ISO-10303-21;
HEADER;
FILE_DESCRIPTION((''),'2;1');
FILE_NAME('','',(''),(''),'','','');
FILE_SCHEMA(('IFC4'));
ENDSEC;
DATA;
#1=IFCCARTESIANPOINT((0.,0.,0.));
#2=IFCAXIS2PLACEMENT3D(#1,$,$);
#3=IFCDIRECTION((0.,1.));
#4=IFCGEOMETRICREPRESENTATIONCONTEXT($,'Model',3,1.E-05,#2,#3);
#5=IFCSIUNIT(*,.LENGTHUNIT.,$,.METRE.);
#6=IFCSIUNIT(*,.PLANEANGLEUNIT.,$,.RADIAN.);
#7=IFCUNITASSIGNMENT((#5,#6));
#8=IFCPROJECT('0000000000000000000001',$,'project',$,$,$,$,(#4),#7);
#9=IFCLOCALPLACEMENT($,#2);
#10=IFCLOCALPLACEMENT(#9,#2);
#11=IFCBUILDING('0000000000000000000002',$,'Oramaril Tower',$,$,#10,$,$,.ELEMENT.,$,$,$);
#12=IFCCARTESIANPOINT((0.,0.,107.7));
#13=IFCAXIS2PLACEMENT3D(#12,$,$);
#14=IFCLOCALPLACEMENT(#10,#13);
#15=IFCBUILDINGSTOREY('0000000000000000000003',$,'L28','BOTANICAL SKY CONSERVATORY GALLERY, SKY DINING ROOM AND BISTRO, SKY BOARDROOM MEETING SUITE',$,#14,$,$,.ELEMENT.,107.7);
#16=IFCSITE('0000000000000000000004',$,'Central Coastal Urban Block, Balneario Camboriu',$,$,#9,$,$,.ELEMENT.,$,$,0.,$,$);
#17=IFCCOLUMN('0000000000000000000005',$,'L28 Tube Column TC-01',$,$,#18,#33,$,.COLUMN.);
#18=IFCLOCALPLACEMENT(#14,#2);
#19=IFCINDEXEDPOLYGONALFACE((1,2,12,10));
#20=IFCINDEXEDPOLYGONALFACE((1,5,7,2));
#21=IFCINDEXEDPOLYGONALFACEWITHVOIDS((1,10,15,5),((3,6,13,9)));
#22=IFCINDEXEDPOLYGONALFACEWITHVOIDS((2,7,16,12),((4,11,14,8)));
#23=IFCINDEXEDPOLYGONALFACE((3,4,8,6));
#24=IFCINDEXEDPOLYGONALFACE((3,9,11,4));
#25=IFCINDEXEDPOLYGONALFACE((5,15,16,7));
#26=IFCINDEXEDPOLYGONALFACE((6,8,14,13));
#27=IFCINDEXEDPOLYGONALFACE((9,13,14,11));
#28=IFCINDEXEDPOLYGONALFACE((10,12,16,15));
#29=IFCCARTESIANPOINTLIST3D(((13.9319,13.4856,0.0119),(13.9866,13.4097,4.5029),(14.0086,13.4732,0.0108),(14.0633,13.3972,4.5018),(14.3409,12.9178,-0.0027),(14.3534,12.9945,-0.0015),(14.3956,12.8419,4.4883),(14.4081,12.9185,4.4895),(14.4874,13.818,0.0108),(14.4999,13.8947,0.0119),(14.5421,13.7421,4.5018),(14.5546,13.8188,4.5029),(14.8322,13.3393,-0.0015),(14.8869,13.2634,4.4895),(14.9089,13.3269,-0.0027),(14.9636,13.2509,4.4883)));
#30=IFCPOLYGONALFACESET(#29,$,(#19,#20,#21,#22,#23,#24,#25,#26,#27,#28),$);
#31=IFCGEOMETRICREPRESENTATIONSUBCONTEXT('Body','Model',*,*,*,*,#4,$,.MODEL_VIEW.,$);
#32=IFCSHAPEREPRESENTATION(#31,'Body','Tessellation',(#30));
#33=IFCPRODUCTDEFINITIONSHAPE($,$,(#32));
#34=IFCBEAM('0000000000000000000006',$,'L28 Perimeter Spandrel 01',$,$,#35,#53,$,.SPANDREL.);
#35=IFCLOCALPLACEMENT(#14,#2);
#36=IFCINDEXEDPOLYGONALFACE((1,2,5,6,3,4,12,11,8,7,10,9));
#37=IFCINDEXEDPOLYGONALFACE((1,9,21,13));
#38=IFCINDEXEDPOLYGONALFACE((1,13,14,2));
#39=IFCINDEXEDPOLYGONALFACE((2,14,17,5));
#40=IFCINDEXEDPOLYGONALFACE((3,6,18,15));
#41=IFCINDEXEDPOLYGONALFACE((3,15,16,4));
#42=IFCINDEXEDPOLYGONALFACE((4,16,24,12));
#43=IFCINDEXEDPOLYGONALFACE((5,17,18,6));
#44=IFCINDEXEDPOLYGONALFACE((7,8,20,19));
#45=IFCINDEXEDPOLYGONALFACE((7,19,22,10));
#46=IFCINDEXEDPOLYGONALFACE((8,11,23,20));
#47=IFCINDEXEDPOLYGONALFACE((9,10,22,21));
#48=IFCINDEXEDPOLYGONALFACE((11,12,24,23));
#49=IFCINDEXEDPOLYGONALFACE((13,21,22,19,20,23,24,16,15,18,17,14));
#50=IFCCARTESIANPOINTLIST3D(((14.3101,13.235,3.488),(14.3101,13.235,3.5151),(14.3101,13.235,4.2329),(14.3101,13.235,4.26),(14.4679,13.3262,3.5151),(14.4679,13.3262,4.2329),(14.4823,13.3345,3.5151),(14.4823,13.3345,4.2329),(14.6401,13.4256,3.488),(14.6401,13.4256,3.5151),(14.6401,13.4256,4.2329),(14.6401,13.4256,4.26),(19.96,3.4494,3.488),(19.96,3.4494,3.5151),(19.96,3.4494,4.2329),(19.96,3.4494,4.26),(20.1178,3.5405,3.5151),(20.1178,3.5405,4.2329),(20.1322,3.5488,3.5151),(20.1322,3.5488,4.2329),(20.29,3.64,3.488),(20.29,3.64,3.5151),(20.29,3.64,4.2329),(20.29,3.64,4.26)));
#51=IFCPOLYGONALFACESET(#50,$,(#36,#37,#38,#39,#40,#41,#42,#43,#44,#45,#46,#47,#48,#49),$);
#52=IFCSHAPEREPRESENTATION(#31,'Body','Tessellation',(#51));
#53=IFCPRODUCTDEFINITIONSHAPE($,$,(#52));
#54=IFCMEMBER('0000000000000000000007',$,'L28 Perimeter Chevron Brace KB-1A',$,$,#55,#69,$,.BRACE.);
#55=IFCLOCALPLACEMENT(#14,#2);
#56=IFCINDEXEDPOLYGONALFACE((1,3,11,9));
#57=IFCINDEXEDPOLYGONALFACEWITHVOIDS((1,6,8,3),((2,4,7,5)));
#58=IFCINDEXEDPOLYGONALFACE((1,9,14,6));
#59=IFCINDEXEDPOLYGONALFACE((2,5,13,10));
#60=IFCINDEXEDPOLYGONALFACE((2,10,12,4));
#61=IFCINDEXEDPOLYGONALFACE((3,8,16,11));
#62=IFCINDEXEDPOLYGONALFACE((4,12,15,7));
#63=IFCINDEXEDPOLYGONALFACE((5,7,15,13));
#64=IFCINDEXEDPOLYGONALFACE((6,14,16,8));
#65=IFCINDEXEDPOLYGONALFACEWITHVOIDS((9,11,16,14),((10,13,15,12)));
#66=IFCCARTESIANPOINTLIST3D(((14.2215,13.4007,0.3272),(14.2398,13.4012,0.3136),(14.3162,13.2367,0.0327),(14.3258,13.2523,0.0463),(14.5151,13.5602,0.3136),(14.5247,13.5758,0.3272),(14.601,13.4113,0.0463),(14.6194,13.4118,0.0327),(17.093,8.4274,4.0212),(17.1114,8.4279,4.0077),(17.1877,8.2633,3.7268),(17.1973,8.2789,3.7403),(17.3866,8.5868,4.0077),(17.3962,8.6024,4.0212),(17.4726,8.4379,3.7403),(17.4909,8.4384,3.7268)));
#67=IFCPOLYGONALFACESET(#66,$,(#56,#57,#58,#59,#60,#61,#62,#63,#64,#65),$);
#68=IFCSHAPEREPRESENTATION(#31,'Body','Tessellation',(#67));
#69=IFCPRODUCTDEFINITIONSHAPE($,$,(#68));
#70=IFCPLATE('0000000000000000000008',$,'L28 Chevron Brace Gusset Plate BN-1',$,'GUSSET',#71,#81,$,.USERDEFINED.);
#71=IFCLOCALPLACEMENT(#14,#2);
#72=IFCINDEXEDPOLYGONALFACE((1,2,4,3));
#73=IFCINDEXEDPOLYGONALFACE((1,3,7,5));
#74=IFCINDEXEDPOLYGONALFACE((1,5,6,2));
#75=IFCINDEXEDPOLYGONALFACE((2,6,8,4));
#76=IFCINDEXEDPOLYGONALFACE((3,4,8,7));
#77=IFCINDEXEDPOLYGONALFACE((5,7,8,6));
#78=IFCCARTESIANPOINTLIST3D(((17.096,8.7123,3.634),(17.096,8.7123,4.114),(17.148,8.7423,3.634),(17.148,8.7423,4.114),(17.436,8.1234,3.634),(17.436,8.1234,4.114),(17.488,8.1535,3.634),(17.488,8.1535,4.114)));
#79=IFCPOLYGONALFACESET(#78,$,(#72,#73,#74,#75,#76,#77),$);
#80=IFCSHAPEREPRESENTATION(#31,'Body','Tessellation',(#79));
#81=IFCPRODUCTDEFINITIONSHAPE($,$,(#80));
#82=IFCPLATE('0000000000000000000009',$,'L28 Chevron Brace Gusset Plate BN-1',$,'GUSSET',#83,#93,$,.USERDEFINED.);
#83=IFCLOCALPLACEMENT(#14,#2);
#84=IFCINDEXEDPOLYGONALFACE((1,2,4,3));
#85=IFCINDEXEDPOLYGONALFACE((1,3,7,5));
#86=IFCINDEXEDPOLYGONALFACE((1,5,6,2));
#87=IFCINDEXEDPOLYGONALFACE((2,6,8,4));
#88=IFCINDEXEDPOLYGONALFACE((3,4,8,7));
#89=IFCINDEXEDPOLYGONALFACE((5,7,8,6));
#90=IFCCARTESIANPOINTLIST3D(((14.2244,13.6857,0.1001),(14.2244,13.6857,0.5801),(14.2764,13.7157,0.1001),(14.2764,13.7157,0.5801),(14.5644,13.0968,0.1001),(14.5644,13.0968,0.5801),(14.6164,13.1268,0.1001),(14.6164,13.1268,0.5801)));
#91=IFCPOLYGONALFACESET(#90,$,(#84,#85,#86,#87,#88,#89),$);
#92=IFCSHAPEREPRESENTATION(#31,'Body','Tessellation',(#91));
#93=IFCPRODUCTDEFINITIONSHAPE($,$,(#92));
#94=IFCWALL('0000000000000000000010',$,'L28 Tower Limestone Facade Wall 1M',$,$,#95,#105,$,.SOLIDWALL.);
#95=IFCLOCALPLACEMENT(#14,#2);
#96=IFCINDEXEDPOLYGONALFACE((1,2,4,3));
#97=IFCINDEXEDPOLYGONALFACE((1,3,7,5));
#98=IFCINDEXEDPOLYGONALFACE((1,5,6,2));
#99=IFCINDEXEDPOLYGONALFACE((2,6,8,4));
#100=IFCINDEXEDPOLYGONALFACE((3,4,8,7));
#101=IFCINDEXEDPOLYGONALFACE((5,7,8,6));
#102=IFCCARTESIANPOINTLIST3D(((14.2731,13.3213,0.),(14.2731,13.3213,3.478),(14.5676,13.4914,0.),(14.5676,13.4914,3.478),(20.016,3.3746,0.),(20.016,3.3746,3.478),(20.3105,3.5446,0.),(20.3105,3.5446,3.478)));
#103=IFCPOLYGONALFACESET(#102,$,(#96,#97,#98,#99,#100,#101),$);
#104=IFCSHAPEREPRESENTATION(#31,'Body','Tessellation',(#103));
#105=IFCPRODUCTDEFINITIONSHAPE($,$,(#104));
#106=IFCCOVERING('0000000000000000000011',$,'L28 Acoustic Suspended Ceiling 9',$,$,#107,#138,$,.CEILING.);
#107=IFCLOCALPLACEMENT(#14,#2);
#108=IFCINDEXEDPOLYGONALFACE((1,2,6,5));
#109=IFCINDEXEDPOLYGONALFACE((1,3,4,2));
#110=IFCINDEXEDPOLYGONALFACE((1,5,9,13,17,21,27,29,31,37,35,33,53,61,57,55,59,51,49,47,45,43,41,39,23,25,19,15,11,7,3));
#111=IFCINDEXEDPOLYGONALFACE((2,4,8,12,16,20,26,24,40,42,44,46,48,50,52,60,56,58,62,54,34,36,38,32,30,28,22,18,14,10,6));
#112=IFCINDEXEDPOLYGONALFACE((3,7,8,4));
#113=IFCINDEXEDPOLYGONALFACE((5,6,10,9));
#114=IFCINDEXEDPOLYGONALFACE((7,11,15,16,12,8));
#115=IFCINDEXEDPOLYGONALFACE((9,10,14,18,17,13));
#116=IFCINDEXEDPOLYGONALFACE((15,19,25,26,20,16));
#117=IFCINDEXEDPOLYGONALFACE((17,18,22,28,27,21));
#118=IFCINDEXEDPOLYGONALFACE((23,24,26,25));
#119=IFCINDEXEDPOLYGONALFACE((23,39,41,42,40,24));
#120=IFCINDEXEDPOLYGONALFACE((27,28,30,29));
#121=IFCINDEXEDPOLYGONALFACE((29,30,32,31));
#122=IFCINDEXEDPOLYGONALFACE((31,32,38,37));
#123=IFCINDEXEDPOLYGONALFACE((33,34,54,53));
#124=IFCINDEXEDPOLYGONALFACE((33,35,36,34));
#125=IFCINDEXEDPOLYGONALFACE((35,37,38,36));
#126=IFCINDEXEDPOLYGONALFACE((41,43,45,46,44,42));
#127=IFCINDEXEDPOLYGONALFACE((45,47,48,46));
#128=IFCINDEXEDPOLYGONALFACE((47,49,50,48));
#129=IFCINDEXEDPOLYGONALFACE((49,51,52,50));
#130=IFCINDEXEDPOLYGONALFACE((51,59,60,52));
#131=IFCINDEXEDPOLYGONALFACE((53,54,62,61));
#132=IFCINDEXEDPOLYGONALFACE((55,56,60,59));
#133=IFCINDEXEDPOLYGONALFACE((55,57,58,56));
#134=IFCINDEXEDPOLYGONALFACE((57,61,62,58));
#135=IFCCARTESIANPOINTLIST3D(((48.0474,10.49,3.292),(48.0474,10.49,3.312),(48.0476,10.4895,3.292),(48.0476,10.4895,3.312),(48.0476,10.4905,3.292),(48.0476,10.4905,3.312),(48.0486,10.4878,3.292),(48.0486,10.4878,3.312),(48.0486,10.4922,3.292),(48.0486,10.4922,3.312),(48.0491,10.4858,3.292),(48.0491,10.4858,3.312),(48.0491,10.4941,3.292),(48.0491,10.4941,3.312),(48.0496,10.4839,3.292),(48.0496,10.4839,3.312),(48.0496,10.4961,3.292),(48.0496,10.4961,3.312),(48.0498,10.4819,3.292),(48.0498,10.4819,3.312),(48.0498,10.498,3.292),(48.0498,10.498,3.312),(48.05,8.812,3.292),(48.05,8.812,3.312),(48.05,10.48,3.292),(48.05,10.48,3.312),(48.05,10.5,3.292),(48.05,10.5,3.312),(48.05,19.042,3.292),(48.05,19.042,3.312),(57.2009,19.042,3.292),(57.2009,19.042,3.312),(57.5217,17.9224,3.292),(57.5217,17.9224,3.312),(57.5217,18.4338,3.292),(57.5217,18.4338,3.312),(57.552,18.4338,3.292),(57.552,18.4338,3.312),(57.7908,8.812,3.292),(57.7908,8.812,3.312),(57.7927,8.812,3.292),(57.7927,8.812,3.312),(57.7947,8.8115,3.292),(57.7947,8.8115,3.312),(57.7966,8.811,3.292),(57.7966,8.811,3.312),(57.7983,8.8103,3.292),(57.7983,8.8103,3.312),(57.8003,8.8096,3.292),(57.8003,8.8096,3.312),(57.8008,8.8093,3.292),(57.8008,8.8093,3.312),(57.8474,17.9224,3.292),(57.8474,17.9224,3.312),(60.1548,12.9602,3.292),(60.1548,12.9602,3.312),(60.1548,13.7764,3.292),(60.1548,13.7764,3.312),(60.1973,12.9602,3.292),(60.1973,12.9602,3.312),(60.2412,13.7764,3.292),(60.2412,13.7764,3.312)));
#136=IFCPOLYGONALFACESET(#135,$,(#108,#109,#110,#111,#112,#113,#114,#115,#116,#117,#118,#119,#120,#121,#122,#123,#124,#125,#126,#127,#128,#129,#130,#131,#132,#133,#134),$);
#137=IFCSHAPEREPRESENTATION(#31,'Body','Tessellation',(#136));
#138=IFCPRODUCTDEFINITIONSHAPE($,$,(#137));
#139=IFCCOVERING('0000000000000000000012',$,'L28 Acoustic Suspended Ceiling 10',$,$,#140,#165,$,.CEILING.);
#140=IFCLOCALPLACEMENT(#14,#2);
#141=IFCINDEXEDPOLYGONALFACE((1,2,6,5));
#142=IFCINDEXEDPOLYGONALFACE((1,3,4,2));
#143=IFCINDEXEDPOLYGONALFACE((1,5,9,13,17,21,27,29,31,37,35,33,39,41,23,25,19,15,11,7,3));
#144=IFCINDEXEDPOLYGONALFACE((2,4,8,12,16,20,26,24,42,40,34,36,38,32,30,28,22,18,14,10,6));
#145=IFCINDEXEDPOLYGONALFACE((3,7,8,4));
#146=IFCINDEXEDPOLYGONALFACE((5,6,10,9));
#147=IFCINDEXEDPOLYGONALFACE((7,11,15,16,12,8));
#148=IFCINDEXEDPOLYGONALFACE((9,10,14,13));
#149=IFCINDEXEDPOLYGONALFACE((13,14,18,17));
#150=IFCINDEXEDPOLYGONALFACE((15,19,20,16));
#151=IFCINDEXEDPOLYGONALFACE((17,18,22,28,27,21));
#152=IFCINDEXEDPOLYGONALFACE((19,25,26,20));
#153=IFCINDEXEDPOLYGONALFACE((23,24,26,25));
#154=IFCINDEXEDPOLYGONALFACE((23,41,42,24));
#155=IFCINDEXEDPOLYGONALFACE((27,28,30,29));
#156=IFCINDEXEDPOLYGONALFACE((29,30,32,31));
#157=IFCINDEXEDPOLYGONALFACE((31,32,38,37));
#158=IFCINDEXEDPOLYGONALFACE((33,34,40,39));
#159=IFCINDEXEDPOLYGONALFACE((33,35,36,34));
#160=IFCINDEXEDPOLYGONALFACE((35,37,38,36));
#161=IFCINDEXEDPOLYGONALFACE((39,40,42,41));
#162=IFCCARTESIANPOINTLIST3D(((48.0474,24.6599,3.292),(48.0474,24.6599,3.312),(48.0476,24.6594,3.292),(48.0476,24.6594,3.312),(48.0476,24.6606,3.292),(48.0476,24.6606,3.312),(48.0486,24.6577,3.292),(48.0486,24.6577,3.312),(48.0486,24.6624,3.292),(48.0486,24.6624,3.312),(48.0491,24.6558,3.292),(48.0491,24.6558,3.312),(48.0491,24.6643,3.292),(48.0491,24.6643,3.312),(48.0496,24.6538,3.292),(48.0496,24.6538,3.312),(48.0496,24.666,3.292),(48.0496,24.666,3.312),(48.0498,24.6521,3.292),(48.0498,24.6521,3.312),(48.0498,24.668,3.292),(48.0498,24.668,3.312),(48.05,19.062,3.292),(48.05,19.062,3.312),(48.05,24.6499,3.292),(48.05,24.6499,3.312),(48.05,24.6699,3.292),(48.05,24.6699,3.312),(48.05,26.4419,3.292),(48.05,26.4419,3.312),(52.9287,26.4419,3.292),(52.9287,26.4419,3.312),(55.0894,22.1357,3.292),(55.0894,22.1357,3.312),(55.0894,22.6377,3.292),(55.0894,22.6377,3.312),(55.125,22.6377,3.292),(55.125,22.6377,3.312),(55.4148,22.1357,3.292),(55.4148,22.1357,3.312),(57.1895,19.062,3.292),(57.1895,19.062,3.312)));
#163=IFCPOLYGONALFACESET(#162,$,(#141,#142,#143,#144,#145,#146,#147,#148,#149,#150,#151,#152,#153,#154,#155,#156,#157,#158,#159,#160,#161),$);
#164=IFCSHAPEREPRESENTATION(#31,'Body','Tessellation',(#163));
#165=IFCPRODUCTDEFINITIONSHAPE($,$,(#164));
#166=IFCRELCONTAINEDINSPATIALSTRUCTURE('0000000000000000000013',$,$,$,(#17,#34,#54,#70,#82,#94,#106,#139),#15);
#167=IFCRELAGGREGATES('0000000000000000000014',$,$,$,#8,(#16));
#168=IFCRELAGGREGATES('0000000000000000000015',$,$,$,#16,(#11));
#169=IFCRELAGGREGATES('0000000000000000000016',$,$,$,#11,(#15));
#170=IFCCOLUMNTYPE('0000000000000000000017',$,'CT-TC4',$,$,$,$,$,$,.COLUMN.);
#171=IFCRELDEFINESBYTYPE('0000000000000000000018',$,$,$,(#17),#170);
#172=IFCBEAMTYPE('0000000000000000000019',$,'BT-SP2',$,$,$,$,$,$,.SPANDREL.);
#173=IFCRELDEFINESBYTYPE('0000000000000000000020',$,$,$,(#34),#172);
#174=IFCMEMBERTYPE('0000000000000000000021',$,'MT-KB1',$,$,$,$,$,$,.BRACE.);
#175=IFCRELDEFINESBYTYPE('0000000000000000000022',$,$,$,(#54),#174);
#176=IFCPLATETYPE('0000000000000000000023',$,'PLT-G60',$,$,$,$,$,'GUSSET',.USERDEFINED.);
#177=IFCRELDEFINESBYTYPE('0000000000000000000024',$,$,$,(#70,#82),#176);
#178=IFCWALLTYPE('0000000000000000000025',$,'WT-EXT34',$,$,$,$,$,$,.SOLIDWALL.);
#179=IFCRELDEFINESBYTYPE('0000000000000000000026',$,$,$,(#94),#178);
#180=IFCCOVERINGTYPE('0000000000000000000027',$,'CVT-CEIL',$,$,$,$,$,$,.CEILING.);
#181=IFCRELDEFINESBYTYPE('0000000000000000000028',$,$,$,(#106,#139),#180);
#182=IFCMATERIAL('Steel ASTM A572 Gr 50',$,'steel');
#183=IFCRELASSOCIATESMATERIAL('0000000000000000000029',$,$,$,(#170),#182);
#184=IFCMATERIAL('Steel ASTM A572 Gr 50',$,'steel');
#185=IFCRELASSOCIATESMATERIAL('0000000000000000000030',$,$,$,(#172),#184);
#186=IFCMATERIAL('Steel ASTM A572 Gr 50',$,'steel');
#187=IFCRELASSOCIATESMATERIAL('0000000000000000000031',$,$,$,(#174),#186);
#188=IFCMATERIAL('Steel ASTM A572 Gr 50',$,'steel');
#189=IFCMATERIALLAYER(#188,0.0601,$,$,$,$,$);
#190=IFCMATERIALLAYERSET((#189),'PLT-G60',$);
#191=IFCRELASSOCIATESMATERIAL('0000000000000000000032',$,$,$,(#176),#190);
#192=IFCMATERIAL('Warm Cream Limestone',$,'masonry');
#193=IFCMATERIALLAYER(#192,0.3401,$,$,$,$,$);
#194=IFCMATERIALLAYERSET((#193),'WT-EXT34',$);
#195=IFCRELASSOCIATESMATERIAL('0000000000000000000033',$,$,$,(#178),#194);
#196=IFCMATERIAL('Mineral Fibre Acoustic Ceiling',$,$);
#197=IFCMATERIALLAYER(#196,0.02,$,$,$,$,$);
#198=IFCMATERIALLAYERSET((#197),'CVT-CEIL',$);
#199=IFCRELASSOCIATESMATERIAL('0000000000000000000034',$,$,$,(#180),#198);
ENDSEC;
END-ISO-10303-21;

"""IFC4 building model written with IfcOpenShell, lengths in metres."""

from ifc_helpers import new_model, si_unit, direction, frame, frame_2d, origin, origin_2d, place, context, subcontext, project, spatial, polyline, rectangle, hollow_rectangle, i_section, outline, extrude, material, layer, layer_set, material_profile, profile_set, type_object, element, save


model = new_model("IFC4")

# Units and contexts
model_context = context("Model", 3, precision=1e-05, world=origin(), true_north=direction((0.0, 1.0)))
body_context = subcontext(model_context, "Body", "Model", "MODEL_VIEW")
ifc_project = project(units=[si_unit("LENGTHUNIT", "METRE"), si_unit("PLANEANGLEUNIT", "RADIAN")], contexts=[model_context])

# Site, building, storey
site_placement = place(None, origin())
site = spatial("IfcSite", under=ifc_project, at=site_placement, Name="Central Coastal Urban Block, Balneario Camboriu", CompositionType="ELEMENT", RefElevation=0.0)
building_placement = place(site_placement, origin())
building = spatial("IfcBuilding", under=site, at=building_placement, Name="Oramaril Tower", CompositionType="ELEMENT")
storey_placement = place(building_placement, frame((0.0, 0.0, 107.7)))
storey = spatial("IfcBuildingStorey", under=building, at=storey_placement, Name="L28", Description="BOTANICAL SKY CONSERVATORY GALLERY, SKY DINING ROOM AND BISTRO, SKY BOARDROOM MEETING SUITE", CompositionType="ELEMENT", Elevation=107.7)

# Column
ifc_material_1 = material(Name="Steel ASTM A572 Gr 50", Category="steel")
ifc_material_profile_1 = material_profile(ifc_material_1, hollow_rectangle(XDim=0.7, YDim=0.7, WallThickness=0.0549, at=origin_2d()), Name="BOX700X700X55")
ifc_profile_set_1 = profile_set([ifc_material_profile_1], Name="Steel ASTM A572 Gr 50")
column_type = type_object("IfcColumnType", Name="CT-TC4", PredefinedType="COLUMN", material=ifc_profile_set_1)
column_placement = place(storey_placement, frame((14.4204, 13.4062, 0.0046), z_axis=(0.012175, -0.016903, 0.999783), x_axis=(0.811435, 0.584442, 0.0)))
element("IfcColumn", 1, at=column_placement, inside=storey, type_object=column_type, Name="L28 Tube Column TC-01", PredefinedType="COLUMN", context=body_context, shape_type="SweptSolid", body=[
    extrude(hollow_rectangle(XDim=0.7, YDim=0.7, WallThickness=0.0549, at=origin_2d()), origin(), (0.0, 0.0, 1.0), 4.4919),
])

# Beam
ifc_material_2 = material(Name="Steel ASTM A572 Gr 50", Category="steel")
ifc_material_profile_2 = material_profile(ifc_material_2, i_section(OverallWidth=0.3811, OverallDepth=0.772, WebThickness=0.0166, FlangeThickness=0.0271, at=origin_2d()), Name="W30X173")
ifc_profile_set_2 = profile_set([ifc_material_profile_2], Name="Steel ASTM A572 Gr 50")
beam_type = type_object("IfcBeamType", Name="BT-SP2", PredefinedType="SPANDREL", material=ifc_profile_set_2)
beam_placement = place(storey_placement, frame((14.4751, 13.3303, 3.874), z_axis=(0.50001, -0.866019, 0.0), x_axis=(0.866019, 0.50001, 0.0)))
element("IfcBeam", 2, at=beam_placement, inside=storey, type_object=beam_type, Name="L28 Perimeter Spandrel 01", PredefinedType="SPANDREL", context=body_context, shape_type="SweptSolid", body=[
    extrude(i_section(OverallWidth=0.3811, OverallDepth=0.772, WebThickness=0.0166, FlangeThickness=0.0271, at=origin_2d()), origin(), (0.0, 0.0, 1.0), 11.2996),
])

# Member
ifc_material_3 = material(Name="Steel ASTM A572 Gr 50", Category="steel")
ifc_material_profile_3 = material_profile(ifc_material_3, hollow_rectangle(XDim=0.3501, YDim=0.3501, WallThickness=0.0161, at=origin_2d()), Name="HSS350X350X16")
ifc_profile_set_3 = profile_set([ifc_material_profile_3], Name="Steel ASTM A572 Gr 50")
member_type = type_object("IfcMemberType", Name="MT-KB1", PredefinedType="BRACE", material=ifc_profile_set_3)
member_placement = place(storey_placement, frame((14.4204, 13.4062, 0.1799), z_axis=(0.420536, -0.72834, 0.54099), x_axis=(0.866011, 0.500025, 0.0)))
element("IfcMember", 3, at=member_placement, inside=storey, type_object=member_type, Name="L28 Perimeter Chevron Brace KB-1A", PredefinedType="BRACE", context=body_context, shape_type="SweptSolid", body=[
    extrude(hollow_rectangle(XDim=0.3501, YDim=0.3501, WallThickness=0.0161, at=origin_2d()), origin(), (0.0, 0.0, 1.0), 6.8284),
])

# Plates
ifc_material_4 = material(Name="Steel ASTM A572 Gr 50", Category="steel")
ifc_layer_1 = layer(ifc_material_4, 0.0601)
ifc_layer_set_1 = layer_set([ifc_layer_1], Name="PLT-G60")
plate_type = type_object("IfcPlateType", Name="PLT-G60", ElementType="GUSSET", PredefinedType="USERDEFINED", material=ifc_layer_set_1)
for number, where, z_axis, x_axis, name in (
    (4, (17.292, 8.4329, 3.634), (0.0, 0.0, 1.0), (0.500003, -0.866024, 0.0), "L28 Chevron Brace Gusset Plate BN-1"),
    (5, (14.4204, 13.4062, 0.1001), (0.0, 0.0, 1.0), (0.500003, -0.866024, 0.0), "L28 Chevron Brace Gusset Plate BN-1"),
):
    element("IfcPlate", number, at=place(storey_placement, frame(where, z_axis=z_axis, x_axis=x_axis)), inside=storey, type_object=plate_type, Name=name, ObjectType="GUSSET", PredefinedType="USERDEFINED", context=body_context, shape_type="SweptSolid", body=[
        extrude(rectangle(XDim=0.6799, YDim=0.0601, at=origin_2d()), origin(), (0.0, 0.0, 1.0), 0.48),
    ])

# Wall
ifc_material_5 = material(Name="Warm Cream Limestone", Category="masonry")
ifc_layer_2 = layer(ifc_material_5, 0.3401)
ifc_layer_set_2 = layer_set([ifc_layer_2], Name="WT-EXT34")
wall_type_1 = type_object("IfcWallType", Name="WT-EXT34", PredefinedType="SOLIDWALL", material=ifc_layer_set_2)
wall_1_placement = place(storey_placement, frame((14.4204, 13.4062, 0.0), z_axis=(0.0, 0.0, 1.0), x_axis=(0.500009, -0.86602, 0.0)))
element("IfcWall", 6, at=wall_1_placement, inside=storey, type_object=wall_type_1, Name="L28 Tower Limestone Facade Wall 1M", PredefinedType="SOLIDWALL", context=body_context, shape_type="SweptSolid", body=[
    extrude(rectangle(XDim=11.4856, YDim=0.3401, at=frame_2d((5.7427, 0.0))), origin(), (0.0, 0.0, 1.0), 3.478),
])

# Coverings
ifc_material_6 = material(Name="Mineral Fibre Acoustic Ceiling")
ifc_layer_3 = layer(ifc_material_6, 0.02)
ifc_layer_set_3 = layer_set([ifc_layer_3], Name="CVT-CEIL")
covering_type_1 = type_object("IfcCoveringType", Name="CVT-CEIL", PredefinedType="CEILING", material=ifc_layer_set_3)
covering_1_placement = place(storey_placement, frame((0.0, 0.0, 3.292)))
element("IfcCovering", 7, at=covering_1_placement, inside=storey, type_object=covering_type_1, Name="L28 Acoustic Suspended Ceiling 9", PredefinedType="CEILING", context=body_context, shape_type="SweptSolid", body=[
    extrude(outline(polyline([(57.2009, 19.042), (57.552, 18.4338), (57.5217, 18.4338), (57.5217, 17.9224), (57.8474, 17.9224), (60.2412, 13.7764), (60.1548, 13.7764), (60.1548, 12.9602), (60.1973, 12.9602), (57.8008, 8.8093), (57.8003, 8.8096), (57.7983, 8.8103), (57.7966, 8.811), (57.7947, 8.8115), (57.7927, 8.812), (57.7908, 8.812), (48.05, 8.812), (48.05, 10.48), (48.0498, 10.4819), (48.0496, 10.4839), (48.0491, 10.4858), (48.0486, 10.4878), (48.0476, 10.4895), (48.0474, 10.49), (48.0476, 10.4905), (48.0486, 10.4922), (48.0491, 10.4941), (48.0496, 10.4961), (48.0498, 10.498), (48.05, 10.5), (48.05, 19.042), (57.2009, 19.042)])), origin(), (0.0, 0.0, 1.0), 0.02),
])
covering_2_placement = place(storey_placement, frame((0.0, 0.0, 3.292)))
element("IfcCovering", 8, at=covering_2_placement, inside=storey, type_object=covering_type_1, Name="L28 Acoustic Suspended Ceiling 10", PredefinedType="CEILING", context=body_context, shape_type="SweptSolid", body=[
    extrude(outline(polyline([(55.125, 22.6377), (55.0894, 22.6377), (55.0894, 22.1357), (55.4148, 22.1357), (57.1895, 19.062), (48.05, 19.062), (48.05, 24.6499), (48.0498, 24.6521), (48.0496, 24.6538), (48.0491, 24.6558), (48.0486, 24.6577), (48.0476, 24.6594), (48.0474, 24.6599), (48.0476, 24.6606), (48.0486, 24.6624), (48.0491, 24.6643), (48.0496, 24.666), (48.0498, 24.668), (48.05, 24.6699), (48.05, 26.4419), (52.9287, 26.4419), (55.125, 22.6377)])), origin(), (0.0, 0.0, 1.0), 0.02),
])

save(model, "model.ifc")
